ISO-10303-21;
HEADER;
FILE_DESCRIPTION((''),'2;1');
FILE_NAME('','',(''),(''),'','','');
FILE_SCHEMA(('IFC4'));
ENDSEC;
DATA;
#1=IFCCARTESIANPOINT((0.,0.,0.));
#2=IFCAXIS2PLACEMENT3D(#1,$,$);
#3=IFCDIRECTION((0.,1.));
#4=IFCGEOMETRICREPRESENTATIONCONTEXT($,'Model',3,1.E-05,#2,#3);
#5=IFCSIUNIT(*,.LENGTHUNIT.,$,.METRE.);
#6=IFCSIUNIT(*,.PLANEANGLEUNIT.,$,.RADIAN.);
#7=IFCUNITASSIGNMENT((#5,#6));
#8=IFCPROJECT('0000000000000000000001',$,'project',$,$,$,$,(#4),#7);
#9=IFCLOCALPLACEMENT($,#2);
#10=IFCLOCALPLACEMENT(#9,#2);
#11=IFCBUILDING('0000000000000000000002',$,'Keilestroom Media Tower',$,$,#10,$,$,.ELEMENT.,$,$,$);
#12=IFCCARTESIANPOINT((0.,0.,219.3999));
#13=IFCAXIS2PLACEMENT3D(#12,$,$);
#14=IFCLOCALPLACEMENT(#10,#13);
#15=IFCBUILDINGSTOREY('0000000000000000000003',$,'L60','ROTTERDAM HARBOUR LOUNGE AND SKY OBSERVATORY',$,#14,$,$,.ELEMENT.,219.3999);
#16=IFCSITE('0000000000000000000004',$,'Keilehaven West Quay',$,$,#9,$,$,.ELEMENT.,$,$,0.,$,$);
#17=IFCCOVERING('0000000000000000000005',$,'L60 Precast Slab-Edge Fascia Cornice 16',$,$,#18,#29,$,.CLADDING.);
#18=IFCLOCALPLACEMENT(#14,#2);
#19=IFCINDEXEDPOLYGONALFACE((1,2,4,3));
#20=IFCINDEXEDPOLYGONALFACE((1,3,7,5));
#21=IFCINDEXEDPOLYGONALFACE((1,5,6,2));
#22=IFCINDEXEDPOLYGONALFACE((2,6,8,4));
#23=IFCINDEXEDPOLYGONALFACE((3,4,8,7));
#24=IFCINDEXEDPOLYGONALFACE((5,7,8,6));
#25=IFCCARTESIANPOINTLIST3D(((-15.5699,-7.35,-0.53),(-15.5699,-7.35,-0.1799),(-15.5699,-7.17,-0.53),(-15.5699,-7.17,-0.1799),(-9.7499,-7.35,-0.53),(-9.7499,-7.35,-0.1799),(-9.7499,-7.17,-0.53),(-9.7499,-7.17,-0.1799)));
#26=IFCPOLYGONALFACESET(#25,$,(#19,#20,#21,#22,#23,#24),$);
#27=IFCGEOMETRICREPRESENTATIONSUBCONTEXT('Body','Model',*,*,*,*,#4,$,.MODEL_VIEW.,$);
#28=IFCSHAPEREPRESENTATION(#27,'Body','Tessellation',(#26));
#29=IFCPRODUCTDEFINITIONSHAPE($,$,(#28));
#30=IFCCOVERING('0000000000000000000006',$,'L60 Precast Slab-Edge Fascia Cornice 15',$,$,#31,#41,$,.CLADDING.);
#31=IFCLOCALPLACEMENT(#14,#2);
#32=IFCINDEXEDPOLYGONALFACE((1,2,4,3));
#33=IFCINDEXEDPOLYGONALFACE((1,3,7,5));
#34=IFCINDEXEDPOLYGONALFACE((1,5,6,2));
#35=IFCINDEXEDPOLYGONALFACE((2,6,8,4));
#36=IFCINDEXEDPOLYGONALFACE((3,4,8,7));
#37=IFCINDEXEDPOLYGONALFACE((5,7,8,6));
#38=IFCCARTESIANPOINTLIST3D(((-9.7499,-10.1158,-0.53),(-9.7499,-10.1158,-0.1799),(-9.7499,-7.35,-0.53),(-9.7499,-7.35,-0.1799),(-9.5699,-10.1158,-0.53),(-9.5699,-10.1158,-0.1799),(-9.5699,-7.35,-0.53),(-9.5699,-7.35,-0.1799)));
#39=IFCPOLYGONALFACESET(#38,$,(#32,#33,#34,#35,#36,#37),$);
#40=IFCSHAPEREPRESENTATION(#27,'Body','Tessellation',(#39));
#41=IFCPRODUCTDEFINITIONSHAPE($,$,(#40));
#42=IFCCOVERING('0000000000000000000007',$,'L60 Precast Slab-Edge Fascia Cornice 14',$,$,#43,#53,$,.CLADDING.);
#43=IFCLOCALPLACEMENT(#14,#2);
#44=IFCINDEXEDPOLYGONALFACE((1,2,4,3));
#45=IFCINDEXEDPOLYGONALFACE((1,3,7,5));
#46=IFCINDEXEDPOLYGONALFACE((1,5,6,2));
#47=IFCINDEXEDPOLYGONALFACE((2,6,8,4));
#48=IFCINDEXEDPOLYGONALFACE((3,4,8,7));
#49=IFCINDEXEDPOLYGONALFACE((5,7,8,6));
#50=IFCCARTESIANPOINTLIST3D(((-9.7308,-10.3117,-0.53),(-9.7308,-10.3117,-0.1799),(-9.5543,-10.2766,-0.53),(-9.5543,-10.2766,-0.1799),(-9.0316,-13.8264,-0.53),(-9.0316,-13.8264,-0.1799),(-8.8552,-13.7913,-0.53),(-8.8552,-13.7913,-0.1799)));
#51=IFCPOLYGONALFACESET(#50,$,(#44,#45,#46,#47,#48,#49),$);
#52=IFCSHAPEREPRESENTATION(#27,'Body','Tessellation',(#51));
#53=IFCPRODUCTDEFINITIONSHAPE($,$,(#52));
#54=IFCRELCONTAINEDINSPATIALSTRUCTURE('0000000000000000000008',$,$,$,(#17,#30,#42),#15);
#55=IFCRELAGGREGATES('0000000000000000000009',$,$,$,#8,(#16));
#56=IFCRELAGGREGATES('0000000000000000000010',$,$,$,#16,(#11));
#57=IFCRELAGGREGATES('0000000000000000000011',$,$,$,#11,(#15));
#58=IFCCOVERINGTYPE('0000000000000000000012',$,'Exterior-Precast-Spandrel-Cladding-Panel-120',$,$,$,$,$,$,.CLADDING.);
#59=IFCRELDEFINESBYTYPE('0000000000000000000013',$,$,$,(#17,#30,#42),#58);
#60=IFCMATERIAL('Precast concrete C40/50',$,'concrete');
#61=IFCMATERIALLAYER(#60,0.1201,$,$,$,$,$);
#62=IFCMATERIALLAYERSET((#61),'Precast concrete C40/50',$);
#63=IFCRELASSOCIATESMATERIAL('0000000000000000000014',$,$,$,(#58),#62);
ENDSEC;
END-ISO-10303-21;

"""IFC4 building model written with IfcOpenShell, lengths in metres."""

from ifc_helpers import new_model, si_unit, direction, frame, origin, origin_2d, place, context, subcontext, project, spatial, rectangle, extrude, source, transform, mapped, material, layer, layer_set, type_object, element, save


model = new_model("IFC4")

# Units and contexts
model_context = context("Model", 3, precision=1e-05, world=origin(), true_north=direction((0.0, 1.0)))
body_context = subcontext(model_context, "Body", "Model", "MODEL_VIEW")
ifc_project = project(units=[si_unit("LENGTHUNIT", "METRE"), si_unit("PLANEANGLEUNIT", "RADIAN")], contexts=[model_context])

# Site, building, storey
site_placement = place(None, origin())
site = spatial("IfcSite", under=ifc_project, at=site_placement, Name="Keilehaven West Quay", CompositionType="ELEMENT", RefElevation=0.0)
building_placement = place(site_placement, origin())
building = spatial("IfcBuilding", under=site, at=building_placement, Name="Keilestroom Media Tower", CompositionType="ELEMENT")
storey_placement = place(building_placement, frame((0.0, 0.0, 219.3999)))
storey = spatial("IfcBuildingStorey", under=building, at=storey_placement, Name="L60", Description="ROTTERDAM HARBOUR LOUNGE AND SKY OBSERVATORY", CompositionType="ELEMENT", Elevation=219.3999)

# Shared definitions
ifc_material_1 = material(Name="Precast concrete C40/50", Category="concrete")

# Coverings
ifc_layer_1 = layer(ifc_material_1, 0.1201)
ifc_layer_set_1 = layer_set([ifc_layer_1], Name="Precast concrete C40/50")
covering_type = type_object("IfcCoveringType", Name="Exterior-Precast-Spandrel-Cladding-Panel-120", PredefinedType="CLADDING", material=ifc_layer_set_1)
shared_shape_1 = source(origin(), body_context, "Body", "SweptSolid", [
    extrude(rectangle(XDim=5.8201, YDim=0.1799, at=origin_2d()), origin(), (0.0, 0.0, 1.0), 0.3501),
])
covering_1_placement = place(storey_placement, frame((-12.6599, -7.26, -0.53), z_axis=(0.0, 0.0, 1.0), x_axis=(-1.0, 0.0, 0.0)))
element("IfcCovering", 1, at=covering_1_placement, inside=storey, type_object=covering_type, Name="L60 Precast Slab-Edge Fascia Cornice 16", PredefinedType="CLADDING", context=body_context, shape_type="MappedRepresentation", body=[
    mapped(shared_shape_1, transform((0.0, 0.0, 0.0), x_axis=(1.0, 0.0, 0.0), y_axis=(0.0, 1.0, 0.0), z_axis=(0.0, 0.0, 1.0), scale=1.0)),
])
shared_shape_2 = source(origin(), body_context, "Body", "SweptSolid", [
    extrude(rectangle(XDim=2.7659, YDim=0.1799, at=origin_2d()), origin(), (0.0, 0.0, 1.0), 0.3501),
])
covering_2_placement = place(storey_placement, frame((-9.6599, -8.7329, -0.53), z_axis=(0.0, 0.0, 1.0), x_axis=(0.0, 1.0, 0.0)))
element("IfcCovering", 2, at=covering_2_placement, inside=storey, type_object=covering_type, Name="L60 Precast Slab-Edge Fascia Cornice 15", PredefinedType="CLADDING", context=body_context, shape_type="MappedRepresentation", body=[
    mapped(shared_shape_2, transform((0.0, 0.0, 0.0), x_axis=(1.0, 0.0, 0.0), y_axis=(0.0, 1.0, 0.0), z_axis=(0.0, 0.0, 1.0), scale=1.0)),
])
shared_shape_3 = source(origin(), body_context, "Body", "SweptSolid", [
    extrude(rectangle(XDim=3.5835, YDim=0.1799, at=origin_2d()), origin(), (0.0, 0.0, 1.0), 0.3501),
])
covering_3_placement = place(storey_placement, frame((-9.293, -12.0515, -0.53), z_axis=(0.0, 0.0, 1.0), x_axis=(-0.195099, 0.980784, 0.0)))
element("IfcCovering", 3, at=covering_3_placement, inside=storey, type_object=covering_type, Name="L60 Precast Slab-Edge Fascia Cornice 14", PredefinedType="CLADDING", context=body_context, shape_type="MappedRepresentation", body=[
    mapped(shared_shape_3, transform((0.0, 0.0, 0.0), x_axis=(1.0, 0.0, 0.0), y_axis=(0.0, 1.0, 0.0), z_axis=(0.0, 0.0, 1.0), scale=1.0)),
])

save(model, "model.ifc")
